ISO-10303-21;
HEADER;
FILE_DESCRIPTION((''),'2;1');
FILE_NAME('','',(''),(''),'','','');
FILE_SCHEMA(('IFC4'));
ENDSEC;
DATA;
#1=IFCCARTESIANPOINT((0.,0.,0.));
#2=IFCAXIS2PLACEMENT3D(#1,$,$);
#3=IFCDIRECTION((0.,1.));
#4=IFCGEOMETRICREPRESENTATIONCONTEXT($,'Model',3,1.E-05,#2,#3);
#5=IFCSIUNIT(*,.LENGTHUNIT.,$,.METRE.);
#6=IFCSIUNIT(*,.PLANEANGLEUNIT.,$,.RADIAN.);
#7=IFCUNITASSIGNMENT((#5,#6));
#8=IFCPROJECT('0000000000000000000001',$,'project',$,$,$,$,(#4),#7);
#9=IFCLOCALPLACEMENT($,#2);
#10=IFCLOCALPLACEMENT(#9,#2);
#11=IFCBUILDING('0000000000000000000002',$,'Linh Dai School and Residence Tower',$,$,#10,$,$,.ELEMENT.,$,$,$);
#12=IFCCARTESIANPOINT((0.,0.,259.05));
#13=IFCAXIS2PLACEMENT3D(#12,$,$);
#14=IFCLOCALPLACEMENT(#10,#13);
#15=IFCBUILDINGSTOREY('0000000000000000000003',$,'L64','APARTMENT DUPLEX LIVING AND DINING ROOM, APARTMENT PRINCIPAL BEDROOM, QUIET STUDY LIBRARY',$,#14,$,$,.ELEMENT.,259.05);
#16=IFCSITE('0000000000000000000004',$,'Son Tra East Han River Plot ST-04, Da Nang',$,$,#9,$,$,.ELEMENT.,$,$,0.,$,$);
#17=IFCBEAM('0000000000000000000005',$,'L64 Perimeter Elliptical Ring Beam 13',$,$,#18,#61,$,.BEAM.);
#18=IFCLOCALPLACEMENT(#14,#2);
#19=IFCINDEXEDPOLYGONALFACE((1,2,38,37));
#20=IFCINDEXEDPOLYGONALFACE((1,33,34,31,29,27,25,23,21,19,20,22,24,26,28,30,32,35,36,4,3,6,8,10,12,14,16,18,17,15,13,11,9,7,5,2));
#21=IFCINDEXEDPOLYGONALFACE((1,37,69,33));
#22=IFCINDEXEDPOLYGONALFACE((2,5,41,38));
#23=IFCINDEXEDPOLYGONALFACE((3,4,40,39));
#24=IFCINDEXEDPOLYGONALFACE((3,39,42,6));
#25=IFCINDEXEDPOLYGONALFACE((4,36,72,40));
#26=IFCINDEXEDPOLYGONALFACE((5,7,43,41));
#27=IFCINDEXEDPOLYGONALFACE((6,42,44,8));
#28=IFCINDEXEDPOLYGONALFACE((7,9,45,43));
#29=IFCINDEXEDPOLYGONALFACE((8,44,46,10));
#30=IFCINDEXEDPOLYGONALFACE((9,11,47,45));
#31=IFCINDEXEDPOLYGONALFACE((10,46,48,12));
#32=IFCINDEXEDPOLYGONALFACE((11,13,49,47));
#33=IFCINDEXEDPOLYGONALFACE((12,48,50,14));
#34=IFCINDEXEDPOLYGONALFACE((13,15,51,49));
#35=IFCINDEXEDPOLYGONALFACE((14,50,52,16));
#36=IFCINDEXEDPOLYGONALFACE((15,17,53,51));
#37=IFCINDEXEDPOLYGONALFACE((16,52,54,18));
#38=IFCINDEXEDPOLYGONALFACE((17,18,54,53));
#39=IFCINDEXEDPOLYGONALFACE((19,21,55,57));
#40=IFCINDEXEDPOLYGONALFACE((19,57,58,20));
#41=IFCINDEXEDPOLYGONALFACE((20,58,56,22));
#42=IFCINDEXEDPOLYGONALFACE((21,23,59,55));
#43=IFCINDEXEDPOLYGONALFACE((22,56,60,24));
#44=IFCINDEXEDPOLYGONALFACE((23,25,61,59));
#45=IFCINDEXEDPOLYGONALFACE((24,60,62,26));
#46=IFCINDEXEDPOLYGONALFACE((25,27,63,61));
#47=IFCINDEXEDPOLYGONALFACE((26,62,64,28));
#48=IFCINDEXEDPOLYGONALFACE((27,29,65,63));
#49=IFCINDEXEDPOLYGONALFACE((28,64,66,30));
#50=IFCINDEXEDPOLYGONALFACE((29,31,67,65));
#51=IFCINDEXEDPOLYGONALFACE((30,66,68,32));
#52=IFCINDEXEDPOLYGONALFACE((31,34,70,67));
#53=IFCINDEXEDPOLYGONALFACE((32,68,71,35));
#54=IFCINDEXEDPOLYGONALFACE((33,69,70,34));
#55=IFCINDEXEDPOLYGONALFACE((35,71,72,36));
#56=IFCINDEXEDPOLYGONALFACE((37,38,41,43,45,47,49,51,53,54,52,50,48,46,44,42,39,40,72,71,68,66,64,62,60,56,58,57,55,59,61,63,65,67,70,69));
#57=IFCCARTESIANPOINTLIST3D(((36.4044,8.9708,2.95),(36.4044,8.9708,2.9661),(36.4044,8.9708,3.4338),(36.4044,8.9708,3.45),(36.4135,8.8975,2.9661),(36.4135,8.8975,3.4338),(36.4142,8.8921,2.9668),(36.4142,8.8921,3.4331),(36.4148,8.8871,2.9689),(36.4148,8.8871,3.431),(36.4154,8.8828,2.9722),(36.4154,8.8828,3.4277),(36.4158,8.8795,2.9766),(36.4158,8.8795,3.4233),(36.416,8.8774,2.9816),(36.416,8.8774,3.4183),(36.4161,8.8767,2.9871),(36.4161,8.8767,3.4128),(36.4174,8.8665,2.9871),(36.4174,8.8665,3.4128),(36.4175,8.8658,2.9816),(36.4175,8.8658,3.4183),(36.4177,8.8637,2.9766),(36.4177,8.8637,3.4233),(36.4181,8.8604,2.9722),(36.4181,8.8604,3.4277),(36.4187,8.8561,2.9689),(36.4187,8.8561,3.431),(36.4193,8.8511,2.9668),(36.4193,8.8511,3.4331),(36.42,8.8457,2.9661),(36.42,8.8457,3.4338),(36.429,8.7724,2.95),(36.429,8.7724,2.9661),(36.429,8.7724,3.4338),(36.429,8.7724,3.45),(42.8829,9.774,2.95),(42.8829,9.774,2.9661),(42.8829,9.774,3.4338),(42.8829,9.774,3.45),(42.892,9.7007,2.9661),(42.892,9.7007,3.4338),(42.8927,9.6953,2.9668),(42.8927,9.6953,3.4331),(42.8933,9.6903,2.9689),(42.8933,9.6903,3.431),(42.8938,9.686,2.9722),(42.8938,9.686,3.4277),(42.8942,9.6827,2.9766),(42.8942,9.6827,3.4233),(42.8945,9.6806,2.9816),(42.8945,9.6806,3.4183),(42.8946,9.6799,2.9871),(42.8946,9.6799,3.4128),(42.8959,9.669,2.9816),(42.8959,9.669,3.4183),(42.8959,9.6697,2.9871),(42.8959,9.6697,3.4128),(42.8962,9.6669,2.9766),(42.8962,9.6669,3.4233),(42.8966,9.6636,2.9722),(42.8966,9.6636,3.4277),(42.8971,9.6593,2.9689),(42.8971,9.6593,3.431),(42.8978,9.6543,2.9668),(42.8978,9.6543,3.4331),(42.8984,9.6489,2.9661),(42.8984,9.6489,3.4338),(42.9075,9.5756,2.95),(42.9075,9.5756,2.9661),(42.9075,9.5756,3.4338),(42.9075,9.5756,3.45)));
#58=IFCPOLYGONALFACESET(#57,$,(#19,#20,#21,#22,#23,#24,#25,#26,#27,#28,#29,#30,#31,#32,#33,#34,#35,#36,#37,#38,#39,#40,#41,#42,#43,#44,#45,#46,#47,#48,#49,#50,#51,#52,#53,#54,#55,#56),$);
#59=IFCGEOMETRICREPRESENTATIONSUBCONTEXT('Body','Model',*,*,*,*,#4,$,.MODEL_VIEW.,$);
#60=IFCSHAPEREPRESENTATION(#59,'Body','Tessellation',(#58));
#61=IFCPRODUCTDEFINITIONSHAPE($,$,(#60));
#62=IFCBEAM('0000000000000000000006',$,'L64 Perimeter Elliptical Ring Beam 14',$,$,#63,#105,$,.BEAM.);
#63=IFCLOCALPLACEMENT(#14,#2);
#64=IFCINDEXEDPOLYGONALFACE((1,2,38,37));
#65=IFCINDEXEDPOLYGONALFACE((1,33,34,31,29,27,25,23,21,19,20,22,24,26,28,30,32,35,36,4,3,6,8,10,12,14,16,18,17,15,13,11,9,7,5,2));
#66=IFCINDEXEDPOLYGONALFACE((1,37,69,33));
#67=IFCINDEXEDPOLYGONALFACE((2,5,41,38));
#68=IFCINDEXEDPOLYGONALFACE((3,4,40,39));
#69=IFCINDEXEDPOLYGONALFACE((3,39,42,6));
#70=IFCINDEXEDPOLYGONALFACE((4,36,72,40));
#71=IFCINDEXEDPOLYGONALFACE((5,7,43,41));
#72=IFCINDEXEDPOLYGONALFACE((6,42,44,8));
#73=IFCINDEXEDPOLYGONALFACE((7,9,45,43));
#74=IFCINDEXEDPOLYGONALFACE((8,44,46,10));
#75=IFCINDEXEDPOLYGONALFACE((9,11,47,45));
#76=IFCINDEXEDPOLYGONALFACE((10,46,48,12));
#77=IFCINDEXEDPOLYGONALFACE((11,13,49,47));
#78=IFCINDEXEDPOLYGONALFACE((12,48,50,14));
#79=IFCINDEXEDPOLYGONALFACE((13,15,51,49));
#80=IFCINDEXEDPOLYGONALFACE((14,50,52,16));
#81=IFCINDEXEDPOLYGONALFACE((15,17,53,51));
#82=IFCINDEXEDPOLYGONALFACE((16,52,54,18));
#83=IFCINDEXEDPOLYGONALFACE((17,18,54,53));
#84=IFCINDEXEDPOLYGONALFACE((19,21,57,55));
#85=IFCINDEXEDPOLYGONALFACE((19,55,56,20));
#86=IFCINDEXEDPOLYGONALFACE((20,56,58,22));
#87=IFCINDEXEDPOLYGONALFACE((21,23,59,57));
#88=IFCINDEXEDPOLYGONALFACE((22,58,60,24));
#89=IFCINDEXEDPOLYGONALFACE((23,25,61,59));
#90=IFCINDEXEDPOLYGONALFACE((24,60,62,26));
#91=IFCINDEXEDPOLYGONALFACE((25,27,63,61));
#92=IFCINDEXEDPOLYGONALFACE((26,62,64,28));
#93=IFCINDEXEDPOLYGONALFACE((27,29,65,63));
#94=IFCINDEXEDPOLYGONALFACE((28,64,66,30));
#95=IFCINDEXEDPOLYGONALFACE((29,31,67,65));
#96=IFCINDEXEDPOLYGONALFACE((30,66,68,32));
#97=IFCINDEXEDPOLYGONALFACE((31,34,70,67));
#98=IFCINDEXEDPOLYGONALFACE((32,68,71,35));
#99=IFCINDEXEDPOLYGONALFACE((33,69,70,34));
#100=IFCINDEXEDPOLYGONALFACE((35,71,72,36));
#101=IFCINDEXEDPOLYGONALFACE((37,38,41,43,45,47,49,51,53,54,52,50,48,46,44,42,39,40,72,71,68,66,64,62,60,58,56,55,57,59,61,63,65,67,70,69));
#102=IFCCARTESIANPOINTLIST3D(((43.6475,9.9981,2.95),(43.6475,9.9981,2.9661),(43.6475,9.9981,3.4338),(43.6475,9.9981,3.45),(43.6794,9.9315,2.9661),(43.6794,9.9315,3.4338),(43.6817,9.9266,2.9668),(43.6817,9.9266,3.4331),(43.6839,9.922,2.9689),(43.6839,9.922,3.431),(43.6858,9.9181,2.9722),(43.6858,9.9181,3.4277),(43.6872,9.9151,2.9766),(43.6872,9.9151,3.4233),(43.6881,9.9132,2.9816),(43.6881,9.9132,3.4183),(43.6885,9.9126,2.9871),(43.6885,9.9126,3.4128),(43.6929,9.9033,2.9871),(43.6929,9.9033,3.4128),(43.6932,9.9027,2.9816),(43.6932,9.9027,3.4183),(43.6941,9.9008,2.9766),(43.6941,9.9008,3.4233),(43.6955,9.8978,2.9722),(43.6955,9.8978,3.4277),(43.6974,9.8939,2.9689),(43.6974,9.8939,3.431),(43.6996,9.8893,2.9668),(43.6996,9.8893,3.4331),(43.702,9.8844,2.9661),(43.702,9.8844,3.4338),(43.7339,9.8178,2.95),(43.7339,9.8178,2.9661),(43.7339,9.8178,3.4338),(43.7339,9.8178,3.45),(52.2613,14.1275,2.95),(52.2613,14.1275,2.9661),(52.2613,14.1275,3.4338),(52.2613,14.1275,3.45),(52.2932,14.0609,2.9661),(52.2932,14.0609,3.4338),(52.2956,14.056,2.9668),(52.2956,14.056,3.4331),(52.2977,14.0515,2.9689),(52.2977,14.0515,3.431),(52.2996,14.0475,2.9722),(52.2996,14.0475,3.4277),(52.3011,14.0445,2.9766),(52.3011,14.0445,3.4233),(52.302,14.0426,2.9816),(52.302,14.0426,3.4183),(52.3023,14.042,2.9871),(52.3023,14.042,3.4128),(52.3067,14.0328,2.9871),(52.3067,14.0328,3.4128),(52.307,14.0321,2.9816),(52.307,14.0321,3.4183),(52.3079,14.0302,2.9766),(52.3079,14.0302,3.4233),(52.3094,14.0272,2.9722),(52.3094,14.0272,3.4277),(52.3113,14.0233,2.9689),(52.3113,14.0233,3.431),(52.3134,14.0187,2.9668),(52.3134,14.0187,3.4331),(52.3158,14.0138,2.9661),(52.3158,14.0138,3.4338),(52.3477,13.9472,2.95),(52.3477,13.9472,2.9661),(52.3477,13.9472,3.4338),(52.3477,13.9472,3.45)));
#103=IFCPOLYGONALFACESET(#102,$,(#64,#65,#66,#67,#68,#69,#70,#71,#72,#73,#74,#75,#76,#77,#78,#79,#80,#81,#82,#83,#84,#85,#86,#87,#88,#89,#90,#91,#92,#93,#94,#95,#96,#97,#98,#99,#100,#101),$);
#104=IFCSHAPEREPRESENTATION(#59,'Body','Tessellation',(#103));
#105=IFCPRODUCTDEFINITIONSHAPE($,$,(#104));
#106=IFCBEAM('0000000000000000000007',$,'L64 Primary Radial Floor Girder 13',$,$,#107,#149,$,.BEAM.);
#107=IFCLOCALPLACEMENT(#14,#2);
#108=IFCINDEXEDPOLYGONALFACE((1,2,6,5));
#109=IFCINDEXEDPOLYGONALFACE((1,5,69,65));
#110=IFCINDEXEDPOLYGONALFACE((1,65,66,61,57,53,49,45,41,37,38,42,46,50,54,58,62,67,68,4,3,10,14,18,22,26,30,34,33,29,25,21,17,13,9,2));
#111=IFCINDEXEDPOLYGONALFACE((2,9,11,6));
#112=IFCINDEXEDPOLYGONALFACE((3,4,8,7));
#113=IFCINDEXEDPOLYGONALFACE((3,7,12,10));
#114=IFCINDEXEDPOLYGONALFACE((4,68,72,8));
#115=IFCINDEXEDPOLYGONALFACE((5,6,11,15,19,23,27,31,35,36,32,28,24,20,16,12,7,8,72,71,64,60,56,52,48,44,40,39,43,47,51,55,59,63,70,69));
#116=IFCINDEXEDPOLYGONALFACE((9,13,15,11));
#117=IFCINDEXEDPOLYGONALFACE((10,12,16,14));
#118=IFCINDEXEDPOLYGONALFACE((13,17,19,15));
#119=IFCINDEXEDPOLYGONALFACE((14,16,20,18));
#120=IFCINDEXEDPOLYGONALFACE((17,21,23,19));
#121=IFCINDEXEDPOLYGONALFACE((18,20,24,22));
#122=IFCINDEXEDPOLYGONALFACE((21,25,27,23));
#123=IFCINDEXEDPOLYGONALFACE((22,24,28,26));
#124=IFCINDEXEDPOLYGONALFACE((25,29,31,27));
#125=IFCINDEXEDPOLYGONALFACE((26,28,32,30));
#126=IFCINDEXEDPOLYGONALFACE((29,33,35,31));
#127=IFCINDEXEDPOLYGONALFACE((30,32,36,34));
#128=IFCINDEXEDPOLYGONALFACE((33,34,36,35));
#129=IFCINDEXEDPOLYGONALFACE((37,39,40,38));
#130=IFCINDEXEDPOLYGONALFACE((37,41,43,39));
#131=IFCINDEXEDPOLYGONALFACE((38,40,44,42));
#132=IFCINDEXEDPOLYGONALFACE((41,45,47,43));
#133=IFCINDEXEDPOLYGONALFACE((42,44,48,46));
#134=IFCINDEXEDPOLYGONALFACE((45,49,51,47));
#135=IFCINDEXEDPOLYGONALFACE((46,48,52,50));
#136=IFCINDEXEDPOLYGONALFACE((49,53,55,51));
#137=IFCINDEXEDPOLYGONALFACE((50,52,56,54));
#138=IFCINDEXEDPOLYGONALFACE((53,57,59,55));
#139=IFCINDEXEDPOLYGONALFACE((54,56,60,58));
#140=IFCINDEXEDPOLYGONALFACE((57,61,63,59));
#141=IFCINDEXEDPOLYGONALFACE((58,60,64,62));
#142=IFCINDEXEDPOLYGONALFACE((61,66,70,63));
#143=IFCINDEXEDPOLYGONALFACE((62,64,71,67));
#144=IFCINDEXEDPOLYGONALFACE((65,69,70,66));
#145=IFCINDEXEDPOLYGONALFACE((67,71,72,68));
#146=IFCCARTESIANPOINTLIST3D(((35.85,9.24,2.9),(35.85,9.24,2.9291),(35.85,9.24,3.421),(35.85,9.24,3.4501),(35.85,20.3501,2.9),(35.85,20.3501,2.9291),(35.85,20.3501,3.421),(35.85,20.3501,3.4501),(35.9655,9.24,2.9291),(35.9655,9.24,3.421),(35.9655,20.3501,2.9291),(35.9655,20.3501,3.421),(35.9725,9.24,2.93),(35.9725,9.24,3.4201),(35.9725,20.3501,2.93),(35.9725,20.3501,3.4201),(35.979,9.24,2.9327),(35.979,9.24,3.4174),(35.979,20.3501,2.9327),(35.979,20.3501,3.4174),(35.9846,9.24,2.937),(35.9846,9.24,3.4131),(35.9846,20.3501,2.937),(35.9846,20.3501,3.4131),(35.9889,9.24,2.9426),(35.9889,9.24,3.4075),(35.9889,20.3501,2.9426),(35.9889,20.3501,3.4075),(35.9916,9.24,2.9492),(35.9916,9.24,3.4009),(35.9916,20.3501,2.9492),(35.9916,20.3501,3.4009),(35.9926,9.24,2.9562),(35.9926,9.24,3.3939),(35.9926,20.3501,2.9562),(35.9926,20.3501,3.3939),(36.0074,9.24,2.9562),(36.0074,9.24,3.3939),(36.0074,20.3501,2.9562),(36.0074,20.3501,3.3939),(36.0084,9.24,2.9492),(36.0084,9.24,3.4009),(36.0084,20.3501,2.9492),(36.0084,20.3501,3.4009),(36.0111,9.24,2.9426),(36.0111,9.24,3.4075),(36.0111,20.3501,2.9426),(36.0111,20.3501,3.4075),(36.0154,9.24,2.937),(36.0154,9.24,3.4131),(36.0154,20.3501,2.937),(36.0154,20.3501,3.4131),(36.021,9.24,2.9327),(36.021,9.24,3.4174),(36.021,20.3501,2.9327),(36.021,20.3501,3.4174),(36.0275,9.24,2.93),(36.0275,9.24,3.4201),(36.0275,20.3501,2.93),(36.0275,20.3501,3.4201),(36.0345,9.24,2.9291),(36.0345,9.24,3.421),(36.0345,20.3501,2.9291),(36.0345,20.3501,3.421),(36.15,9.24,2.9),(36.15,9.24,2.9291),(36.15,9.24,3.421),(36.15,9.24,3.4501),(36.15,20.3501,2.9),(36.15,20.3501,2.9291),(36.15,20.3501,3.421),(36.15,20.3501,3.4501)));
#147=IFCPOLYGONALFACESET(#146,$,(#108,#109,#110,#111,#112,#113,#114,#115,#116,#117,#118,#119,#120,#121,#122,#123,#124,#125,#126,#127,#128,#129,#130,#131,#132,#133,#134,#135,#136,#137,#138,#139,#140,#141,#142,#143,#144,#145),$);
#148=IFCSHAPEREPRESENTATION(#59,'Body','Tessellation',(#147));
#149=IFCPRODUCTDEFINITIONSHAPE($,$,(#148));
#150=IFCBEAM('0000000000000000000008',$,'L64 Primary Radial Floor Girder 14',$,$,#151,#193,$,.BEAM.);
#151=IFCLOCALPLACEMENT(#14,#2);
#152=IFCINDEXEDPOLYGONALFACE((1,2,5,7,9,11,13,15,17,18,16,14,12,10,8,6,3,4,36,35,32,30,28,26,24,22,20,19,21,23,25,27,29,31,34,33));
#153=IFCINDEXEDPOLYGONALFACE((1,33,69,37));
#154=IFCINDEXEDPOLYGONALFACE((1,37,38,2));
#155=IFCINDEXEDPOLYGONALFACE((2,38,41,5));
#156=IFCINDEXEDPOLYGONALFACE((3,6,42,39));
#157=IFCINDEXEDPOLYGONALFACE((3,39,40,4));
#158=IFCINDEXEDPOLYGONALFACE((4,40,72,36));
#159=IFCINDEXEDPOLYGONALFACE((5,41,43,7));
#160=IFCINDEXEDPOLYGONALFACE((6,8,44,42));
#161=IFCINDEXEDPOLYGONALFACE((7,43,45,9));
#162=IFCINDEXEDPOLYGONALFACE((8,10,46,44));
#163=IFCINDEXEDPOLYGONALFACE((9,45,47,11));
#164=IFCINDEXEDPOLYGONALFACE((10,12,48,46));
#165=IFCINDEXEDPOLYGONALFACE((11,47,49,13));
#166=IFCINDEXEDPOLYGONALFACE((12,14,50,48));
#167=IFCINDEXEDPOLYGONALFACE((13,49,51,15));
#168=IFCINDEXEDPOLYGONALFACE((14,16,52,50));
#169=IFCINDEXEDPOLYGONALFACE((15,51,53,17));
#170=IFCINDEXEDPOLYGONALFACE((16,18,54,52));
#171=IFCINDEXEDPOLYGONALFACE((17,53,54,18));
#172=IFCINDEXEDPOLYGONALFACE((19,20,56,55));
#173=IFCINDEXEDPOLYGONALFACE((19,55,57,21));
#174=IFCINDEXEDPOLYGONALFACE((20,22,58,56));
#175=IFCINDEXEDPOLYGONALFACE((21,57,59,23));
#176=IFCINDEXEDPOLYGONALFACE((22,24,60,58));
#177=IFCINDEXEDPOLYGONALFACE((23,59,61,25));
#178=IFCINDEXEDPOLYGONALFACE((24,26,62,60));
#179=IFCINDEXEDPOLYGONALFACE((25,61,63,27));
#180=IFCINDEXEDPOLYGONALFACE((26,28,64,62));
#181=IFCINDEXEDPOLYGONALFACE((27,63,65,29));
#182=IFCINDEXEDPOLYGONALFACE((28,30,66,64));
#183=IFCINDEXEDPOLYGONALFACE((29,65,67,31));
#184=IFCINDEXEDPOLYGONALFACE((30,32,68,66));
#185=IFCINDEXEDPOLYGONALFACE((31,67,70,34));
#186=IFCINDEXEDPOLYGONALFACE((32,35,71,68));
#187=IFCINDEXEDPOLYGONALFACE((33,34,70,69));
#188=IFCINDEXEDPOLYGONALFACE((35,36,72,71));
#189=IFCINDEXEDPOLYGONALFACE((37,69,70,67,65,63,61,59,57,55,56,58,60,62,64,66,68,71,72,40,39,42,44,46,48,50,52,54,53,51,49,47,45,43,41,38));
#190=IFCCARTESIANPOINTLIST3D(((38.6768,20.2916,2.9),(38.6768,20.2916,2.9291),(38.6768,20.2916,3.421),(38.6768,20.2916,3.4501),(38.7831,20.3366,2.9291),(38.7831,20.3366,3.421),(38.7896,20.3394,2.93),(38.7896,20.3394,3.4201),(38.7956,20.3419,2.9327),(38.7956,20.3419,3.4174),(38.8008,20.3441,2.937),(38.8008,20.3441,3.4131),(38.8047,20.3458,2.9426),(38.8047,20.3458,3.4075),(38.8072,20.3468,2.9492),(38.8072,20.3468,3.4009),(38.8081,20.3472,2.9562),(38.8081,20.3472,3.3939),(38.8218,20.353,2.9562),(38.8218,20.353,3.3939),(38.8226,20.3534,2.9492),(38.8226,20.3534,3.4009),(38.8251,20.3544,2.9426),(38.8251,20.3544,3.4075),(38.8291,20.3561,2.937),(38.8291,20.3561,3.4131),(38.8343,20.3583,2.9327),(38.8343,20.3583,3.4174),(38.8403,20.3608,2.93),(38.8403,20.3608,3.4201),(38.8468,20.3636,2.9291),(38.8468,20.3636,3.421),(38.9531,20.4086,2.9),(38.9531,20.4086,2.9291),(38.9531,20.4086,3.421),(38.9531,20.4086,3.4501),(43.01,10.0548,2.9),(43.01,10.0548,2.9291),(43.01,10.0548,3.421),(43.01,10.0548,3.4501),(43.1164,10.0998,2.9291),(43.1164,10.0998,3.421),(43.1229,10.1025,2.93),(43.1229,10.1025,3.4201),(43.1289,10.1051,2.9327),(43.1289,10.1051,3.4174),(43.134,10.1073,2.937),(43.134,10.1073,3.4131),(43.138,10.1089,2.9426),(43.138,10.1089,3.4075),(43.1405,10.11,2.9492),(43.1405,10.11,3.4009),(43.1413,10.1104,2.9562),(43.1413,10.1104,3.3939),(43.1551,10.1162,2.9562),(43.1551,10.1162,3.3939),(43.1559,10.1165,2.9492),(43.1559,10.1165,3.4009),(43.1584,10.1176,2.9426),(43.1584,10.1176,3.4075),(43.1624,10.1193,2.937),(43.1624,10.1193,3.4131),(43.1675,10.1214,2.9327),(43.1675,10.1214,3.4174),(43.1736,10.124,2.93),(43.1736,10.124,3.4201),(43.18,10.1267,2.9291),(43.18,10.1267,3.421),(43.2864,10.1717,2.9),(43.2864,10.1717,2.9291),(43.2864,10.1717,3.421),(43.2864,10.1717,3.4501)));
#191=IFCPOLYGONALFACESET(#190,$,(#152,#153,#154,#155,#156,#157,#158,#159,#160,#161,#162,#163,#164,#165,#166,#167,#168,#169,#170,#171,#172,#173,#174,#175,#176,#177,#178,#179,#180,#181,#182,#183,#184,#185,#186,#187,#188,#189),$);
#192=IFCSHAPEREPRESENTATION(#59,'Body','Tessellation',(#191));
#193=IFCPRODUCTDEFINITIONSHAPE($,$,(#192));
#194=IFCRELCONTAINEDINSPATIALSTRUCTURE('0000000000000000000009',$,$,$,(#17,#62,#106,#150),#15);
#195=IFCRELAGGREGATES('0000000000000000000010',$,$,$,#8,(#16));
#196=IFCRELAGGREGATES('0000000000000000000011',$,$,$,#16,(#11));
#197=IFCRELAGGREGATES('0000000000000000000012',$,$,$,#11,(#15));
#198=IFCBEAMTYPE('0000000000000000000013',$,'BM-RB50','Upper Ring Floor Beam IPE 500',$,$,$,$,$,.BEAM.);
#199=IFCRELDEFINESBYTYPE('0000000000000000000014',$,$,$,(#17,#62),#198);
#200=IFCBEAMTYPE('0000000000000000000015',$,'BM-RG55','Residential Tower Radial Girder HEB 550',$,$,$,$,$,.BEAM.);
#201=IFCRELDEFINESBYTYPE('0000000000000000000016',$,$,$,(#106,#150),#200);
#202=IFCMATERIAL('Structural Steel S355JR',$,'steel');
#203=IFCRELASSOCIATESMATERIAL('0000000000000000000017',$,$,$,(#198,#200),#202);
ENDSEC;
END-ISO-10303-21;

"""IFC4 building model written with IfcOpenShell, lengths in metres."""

from ifc_helpers import new_model, si_unit, direction, frame, origin, origin_2d, place, context, subcontext, project, spatial, i_section, extrude, material, material_profile, profile_set, type_object, element, save


model = new_model("IFC4")

# Units and contexts
model_context = context("Model", 3, precision=1e-05, world=origin(), true_north=direction((0.0, 1.0)))
body_context = subcontext(model_context, "Body", "Model", "MODEL_VIEW")
ifc_project = project(units=[si_unit("LENGTHUNIT", "METRE"), si_unit("PLANEANGLEUNIT", "RADIAN")], contexts=[model_context])

# Site, building, storey
site_placement = place(None, origin())
site = spatial("IfcSite", under=ifc_project, at=site_placement, Name="Son Tra East Han River Plot ST-04, Da Nang", CompositionType="ELEMENT", RefElevation=0.0)
building_placement = place(site_placement, origin())
building = spatial("IfcBuilding", under=site, at=building_placement, Name="Linh Dai School and Residence Tower", CompositionType="ELEMENT")
storey_placement = place(building_placement, frame((0.0, 0.0, 259.05)))
storey = spatial("IfcBuildingStorey", under=building, at=storey_placement, Name="L64", Description="APARTMENT DUPLEX LIVING AND DINING ROOM, APARTMENT PRINCIPAL BEDROOM, QUIET STUDY LIBRARY", CompositionType="ELEMENT", Elevation=259.05)

# Shared definitions
ifc_material_1 = material(Name="Structural Steel S355JR", Category="steel")

# Beams
ifc_material_profile_1 = material_profile(ifc_material_1, i_section(OverallWidth=0.2, OverallDepth=0.5, WebThickness=0.0103, FlangeThickness=0.0161, FilletRadius=0.021, at=origin_2d()), Name="IPE 500")
ifc_profile_set_1 = profile_set([ifc_material_profile_1], Name="Structural Steel S355JR")
beam_type_1 = type_object("IfcBeamType", Name="BM-RB50", Description="Upper Ring Floor Beam IPE 500", PredefinedType="BEAM", material=ifc_profile_set_1)
beam_1_placement = place(storey_placement, frame((36.4167, 8.8716, 3.2), z_axis=(0.992402, 0.12304, 0.0), x_axis=(-0.12304, 0.992402, 0.0)))
element("IfcBeam", 1, at=beam_1_placement, inside=storey, type_object=beam_type_1, Name="L64 Perimeter Elliptical Ring Beam 13", PredefinedType="BEAM", context=body_context, shape_type="SweptSolid", body=[
    extrude(i_section(OverallWidth=0.2, OverallDepth=0.5, WebThickness=0.0103, FlangeThickness=0.0161, FilletRadius=0.021, at=origin_2d()), origin(), (0.0, 0.0, 1.0), 6.5281),
])
beam_2_placement = place(storey_placement, frame((43.6907, 9.908, 3.2), z_axis=(0.901736, 0.432287, 0.0), x_axis=(-0.432287, 0.901736, 0.0)))
element("IfcBeam", 2, at=beam_2_placement, inside=storey, type_object=beam_type_1, Name="L64 Perimeter Elliptical Ring Beam 14", PredefinedType="BEAM", context=body_context, shape_type="SweptSolid", body=[
    extrude(i_section(OverallWidth=0.2, OverallDepth=0.5, WebThickness=0.0103, FlangeThickness=0.0161, FilletRadius=0.021, at=origin_2d()), origin(), (0.0, 0.0, 1.0), 9.5525),
])
ifc_material_profile_2 = material_profile(ifc_material_1, i_section(OverallWidth=0.3, OverallDepth=0.55, WebThickness=0.0149, FlangeThickness=0.0291, FilletRadius=0.0271, at=origin_2d()), Name="HEB 550")
ifc_profile_set_2 = profile_set([ifc_material_profile_2], Name="Structural Steel S355JR")
beam_type_2 = type_object("IfcBeamType", Name="BM-RG55", Description="Residential Tower Radial Girder HEB 550", PredefinedType="BEAM", material=ifc_profile_set_2)
beam_3_placement = place(storey_placement, frame((36.0, 20.3501, 3.175), z_axis=(0.0, -1.0, 0.0), x_axis=(1.0, 0.0, 0.0)))
element("IfcBeam", 3, at=beam_3_placement, inside=storey, type_object=beam_type_2, Name="L64 Primary Radial Floor Girder 13", PredefinedType="BEAM", context=body_context, shape_type="SweptSolid", body=[
    extrude(i_section(OverallWidth=0.3, OverallDepth=0.55, WebThickness=0.0149, FlangeThickness=0.0291, FilletRadius=0.0271, at=origin_2d()), origin(), (0.0, 0.0, 1.0), 11.1101),
])
beam_4_placement = place(storey_placement, frame((38.8149, 20.3501, 3.175), z_axis=(0.389815, -0.920893, 0.0), x_axis=(0.920893, 0.389815, 0.0)))
element("IfcBeam", 4, at=beam_4_placement, inside=storey, type_object=beam_type_2, Name="L64 Primary Radial Floor Girder 14", PredefinedType="BEAM", context=body_context, shape_type="SweptSolid", body=[
    extrude(i_section(OverallWidth=0.3, OverallDepth=0.55, WebThickness=0.0149, FlangeThickness=0.0291, FilletRadius=0.0271, at=origin_2d()), origin(), (0.0, 0.0, 1.0), 11.1162),
])

save(model, "model.ifc")
